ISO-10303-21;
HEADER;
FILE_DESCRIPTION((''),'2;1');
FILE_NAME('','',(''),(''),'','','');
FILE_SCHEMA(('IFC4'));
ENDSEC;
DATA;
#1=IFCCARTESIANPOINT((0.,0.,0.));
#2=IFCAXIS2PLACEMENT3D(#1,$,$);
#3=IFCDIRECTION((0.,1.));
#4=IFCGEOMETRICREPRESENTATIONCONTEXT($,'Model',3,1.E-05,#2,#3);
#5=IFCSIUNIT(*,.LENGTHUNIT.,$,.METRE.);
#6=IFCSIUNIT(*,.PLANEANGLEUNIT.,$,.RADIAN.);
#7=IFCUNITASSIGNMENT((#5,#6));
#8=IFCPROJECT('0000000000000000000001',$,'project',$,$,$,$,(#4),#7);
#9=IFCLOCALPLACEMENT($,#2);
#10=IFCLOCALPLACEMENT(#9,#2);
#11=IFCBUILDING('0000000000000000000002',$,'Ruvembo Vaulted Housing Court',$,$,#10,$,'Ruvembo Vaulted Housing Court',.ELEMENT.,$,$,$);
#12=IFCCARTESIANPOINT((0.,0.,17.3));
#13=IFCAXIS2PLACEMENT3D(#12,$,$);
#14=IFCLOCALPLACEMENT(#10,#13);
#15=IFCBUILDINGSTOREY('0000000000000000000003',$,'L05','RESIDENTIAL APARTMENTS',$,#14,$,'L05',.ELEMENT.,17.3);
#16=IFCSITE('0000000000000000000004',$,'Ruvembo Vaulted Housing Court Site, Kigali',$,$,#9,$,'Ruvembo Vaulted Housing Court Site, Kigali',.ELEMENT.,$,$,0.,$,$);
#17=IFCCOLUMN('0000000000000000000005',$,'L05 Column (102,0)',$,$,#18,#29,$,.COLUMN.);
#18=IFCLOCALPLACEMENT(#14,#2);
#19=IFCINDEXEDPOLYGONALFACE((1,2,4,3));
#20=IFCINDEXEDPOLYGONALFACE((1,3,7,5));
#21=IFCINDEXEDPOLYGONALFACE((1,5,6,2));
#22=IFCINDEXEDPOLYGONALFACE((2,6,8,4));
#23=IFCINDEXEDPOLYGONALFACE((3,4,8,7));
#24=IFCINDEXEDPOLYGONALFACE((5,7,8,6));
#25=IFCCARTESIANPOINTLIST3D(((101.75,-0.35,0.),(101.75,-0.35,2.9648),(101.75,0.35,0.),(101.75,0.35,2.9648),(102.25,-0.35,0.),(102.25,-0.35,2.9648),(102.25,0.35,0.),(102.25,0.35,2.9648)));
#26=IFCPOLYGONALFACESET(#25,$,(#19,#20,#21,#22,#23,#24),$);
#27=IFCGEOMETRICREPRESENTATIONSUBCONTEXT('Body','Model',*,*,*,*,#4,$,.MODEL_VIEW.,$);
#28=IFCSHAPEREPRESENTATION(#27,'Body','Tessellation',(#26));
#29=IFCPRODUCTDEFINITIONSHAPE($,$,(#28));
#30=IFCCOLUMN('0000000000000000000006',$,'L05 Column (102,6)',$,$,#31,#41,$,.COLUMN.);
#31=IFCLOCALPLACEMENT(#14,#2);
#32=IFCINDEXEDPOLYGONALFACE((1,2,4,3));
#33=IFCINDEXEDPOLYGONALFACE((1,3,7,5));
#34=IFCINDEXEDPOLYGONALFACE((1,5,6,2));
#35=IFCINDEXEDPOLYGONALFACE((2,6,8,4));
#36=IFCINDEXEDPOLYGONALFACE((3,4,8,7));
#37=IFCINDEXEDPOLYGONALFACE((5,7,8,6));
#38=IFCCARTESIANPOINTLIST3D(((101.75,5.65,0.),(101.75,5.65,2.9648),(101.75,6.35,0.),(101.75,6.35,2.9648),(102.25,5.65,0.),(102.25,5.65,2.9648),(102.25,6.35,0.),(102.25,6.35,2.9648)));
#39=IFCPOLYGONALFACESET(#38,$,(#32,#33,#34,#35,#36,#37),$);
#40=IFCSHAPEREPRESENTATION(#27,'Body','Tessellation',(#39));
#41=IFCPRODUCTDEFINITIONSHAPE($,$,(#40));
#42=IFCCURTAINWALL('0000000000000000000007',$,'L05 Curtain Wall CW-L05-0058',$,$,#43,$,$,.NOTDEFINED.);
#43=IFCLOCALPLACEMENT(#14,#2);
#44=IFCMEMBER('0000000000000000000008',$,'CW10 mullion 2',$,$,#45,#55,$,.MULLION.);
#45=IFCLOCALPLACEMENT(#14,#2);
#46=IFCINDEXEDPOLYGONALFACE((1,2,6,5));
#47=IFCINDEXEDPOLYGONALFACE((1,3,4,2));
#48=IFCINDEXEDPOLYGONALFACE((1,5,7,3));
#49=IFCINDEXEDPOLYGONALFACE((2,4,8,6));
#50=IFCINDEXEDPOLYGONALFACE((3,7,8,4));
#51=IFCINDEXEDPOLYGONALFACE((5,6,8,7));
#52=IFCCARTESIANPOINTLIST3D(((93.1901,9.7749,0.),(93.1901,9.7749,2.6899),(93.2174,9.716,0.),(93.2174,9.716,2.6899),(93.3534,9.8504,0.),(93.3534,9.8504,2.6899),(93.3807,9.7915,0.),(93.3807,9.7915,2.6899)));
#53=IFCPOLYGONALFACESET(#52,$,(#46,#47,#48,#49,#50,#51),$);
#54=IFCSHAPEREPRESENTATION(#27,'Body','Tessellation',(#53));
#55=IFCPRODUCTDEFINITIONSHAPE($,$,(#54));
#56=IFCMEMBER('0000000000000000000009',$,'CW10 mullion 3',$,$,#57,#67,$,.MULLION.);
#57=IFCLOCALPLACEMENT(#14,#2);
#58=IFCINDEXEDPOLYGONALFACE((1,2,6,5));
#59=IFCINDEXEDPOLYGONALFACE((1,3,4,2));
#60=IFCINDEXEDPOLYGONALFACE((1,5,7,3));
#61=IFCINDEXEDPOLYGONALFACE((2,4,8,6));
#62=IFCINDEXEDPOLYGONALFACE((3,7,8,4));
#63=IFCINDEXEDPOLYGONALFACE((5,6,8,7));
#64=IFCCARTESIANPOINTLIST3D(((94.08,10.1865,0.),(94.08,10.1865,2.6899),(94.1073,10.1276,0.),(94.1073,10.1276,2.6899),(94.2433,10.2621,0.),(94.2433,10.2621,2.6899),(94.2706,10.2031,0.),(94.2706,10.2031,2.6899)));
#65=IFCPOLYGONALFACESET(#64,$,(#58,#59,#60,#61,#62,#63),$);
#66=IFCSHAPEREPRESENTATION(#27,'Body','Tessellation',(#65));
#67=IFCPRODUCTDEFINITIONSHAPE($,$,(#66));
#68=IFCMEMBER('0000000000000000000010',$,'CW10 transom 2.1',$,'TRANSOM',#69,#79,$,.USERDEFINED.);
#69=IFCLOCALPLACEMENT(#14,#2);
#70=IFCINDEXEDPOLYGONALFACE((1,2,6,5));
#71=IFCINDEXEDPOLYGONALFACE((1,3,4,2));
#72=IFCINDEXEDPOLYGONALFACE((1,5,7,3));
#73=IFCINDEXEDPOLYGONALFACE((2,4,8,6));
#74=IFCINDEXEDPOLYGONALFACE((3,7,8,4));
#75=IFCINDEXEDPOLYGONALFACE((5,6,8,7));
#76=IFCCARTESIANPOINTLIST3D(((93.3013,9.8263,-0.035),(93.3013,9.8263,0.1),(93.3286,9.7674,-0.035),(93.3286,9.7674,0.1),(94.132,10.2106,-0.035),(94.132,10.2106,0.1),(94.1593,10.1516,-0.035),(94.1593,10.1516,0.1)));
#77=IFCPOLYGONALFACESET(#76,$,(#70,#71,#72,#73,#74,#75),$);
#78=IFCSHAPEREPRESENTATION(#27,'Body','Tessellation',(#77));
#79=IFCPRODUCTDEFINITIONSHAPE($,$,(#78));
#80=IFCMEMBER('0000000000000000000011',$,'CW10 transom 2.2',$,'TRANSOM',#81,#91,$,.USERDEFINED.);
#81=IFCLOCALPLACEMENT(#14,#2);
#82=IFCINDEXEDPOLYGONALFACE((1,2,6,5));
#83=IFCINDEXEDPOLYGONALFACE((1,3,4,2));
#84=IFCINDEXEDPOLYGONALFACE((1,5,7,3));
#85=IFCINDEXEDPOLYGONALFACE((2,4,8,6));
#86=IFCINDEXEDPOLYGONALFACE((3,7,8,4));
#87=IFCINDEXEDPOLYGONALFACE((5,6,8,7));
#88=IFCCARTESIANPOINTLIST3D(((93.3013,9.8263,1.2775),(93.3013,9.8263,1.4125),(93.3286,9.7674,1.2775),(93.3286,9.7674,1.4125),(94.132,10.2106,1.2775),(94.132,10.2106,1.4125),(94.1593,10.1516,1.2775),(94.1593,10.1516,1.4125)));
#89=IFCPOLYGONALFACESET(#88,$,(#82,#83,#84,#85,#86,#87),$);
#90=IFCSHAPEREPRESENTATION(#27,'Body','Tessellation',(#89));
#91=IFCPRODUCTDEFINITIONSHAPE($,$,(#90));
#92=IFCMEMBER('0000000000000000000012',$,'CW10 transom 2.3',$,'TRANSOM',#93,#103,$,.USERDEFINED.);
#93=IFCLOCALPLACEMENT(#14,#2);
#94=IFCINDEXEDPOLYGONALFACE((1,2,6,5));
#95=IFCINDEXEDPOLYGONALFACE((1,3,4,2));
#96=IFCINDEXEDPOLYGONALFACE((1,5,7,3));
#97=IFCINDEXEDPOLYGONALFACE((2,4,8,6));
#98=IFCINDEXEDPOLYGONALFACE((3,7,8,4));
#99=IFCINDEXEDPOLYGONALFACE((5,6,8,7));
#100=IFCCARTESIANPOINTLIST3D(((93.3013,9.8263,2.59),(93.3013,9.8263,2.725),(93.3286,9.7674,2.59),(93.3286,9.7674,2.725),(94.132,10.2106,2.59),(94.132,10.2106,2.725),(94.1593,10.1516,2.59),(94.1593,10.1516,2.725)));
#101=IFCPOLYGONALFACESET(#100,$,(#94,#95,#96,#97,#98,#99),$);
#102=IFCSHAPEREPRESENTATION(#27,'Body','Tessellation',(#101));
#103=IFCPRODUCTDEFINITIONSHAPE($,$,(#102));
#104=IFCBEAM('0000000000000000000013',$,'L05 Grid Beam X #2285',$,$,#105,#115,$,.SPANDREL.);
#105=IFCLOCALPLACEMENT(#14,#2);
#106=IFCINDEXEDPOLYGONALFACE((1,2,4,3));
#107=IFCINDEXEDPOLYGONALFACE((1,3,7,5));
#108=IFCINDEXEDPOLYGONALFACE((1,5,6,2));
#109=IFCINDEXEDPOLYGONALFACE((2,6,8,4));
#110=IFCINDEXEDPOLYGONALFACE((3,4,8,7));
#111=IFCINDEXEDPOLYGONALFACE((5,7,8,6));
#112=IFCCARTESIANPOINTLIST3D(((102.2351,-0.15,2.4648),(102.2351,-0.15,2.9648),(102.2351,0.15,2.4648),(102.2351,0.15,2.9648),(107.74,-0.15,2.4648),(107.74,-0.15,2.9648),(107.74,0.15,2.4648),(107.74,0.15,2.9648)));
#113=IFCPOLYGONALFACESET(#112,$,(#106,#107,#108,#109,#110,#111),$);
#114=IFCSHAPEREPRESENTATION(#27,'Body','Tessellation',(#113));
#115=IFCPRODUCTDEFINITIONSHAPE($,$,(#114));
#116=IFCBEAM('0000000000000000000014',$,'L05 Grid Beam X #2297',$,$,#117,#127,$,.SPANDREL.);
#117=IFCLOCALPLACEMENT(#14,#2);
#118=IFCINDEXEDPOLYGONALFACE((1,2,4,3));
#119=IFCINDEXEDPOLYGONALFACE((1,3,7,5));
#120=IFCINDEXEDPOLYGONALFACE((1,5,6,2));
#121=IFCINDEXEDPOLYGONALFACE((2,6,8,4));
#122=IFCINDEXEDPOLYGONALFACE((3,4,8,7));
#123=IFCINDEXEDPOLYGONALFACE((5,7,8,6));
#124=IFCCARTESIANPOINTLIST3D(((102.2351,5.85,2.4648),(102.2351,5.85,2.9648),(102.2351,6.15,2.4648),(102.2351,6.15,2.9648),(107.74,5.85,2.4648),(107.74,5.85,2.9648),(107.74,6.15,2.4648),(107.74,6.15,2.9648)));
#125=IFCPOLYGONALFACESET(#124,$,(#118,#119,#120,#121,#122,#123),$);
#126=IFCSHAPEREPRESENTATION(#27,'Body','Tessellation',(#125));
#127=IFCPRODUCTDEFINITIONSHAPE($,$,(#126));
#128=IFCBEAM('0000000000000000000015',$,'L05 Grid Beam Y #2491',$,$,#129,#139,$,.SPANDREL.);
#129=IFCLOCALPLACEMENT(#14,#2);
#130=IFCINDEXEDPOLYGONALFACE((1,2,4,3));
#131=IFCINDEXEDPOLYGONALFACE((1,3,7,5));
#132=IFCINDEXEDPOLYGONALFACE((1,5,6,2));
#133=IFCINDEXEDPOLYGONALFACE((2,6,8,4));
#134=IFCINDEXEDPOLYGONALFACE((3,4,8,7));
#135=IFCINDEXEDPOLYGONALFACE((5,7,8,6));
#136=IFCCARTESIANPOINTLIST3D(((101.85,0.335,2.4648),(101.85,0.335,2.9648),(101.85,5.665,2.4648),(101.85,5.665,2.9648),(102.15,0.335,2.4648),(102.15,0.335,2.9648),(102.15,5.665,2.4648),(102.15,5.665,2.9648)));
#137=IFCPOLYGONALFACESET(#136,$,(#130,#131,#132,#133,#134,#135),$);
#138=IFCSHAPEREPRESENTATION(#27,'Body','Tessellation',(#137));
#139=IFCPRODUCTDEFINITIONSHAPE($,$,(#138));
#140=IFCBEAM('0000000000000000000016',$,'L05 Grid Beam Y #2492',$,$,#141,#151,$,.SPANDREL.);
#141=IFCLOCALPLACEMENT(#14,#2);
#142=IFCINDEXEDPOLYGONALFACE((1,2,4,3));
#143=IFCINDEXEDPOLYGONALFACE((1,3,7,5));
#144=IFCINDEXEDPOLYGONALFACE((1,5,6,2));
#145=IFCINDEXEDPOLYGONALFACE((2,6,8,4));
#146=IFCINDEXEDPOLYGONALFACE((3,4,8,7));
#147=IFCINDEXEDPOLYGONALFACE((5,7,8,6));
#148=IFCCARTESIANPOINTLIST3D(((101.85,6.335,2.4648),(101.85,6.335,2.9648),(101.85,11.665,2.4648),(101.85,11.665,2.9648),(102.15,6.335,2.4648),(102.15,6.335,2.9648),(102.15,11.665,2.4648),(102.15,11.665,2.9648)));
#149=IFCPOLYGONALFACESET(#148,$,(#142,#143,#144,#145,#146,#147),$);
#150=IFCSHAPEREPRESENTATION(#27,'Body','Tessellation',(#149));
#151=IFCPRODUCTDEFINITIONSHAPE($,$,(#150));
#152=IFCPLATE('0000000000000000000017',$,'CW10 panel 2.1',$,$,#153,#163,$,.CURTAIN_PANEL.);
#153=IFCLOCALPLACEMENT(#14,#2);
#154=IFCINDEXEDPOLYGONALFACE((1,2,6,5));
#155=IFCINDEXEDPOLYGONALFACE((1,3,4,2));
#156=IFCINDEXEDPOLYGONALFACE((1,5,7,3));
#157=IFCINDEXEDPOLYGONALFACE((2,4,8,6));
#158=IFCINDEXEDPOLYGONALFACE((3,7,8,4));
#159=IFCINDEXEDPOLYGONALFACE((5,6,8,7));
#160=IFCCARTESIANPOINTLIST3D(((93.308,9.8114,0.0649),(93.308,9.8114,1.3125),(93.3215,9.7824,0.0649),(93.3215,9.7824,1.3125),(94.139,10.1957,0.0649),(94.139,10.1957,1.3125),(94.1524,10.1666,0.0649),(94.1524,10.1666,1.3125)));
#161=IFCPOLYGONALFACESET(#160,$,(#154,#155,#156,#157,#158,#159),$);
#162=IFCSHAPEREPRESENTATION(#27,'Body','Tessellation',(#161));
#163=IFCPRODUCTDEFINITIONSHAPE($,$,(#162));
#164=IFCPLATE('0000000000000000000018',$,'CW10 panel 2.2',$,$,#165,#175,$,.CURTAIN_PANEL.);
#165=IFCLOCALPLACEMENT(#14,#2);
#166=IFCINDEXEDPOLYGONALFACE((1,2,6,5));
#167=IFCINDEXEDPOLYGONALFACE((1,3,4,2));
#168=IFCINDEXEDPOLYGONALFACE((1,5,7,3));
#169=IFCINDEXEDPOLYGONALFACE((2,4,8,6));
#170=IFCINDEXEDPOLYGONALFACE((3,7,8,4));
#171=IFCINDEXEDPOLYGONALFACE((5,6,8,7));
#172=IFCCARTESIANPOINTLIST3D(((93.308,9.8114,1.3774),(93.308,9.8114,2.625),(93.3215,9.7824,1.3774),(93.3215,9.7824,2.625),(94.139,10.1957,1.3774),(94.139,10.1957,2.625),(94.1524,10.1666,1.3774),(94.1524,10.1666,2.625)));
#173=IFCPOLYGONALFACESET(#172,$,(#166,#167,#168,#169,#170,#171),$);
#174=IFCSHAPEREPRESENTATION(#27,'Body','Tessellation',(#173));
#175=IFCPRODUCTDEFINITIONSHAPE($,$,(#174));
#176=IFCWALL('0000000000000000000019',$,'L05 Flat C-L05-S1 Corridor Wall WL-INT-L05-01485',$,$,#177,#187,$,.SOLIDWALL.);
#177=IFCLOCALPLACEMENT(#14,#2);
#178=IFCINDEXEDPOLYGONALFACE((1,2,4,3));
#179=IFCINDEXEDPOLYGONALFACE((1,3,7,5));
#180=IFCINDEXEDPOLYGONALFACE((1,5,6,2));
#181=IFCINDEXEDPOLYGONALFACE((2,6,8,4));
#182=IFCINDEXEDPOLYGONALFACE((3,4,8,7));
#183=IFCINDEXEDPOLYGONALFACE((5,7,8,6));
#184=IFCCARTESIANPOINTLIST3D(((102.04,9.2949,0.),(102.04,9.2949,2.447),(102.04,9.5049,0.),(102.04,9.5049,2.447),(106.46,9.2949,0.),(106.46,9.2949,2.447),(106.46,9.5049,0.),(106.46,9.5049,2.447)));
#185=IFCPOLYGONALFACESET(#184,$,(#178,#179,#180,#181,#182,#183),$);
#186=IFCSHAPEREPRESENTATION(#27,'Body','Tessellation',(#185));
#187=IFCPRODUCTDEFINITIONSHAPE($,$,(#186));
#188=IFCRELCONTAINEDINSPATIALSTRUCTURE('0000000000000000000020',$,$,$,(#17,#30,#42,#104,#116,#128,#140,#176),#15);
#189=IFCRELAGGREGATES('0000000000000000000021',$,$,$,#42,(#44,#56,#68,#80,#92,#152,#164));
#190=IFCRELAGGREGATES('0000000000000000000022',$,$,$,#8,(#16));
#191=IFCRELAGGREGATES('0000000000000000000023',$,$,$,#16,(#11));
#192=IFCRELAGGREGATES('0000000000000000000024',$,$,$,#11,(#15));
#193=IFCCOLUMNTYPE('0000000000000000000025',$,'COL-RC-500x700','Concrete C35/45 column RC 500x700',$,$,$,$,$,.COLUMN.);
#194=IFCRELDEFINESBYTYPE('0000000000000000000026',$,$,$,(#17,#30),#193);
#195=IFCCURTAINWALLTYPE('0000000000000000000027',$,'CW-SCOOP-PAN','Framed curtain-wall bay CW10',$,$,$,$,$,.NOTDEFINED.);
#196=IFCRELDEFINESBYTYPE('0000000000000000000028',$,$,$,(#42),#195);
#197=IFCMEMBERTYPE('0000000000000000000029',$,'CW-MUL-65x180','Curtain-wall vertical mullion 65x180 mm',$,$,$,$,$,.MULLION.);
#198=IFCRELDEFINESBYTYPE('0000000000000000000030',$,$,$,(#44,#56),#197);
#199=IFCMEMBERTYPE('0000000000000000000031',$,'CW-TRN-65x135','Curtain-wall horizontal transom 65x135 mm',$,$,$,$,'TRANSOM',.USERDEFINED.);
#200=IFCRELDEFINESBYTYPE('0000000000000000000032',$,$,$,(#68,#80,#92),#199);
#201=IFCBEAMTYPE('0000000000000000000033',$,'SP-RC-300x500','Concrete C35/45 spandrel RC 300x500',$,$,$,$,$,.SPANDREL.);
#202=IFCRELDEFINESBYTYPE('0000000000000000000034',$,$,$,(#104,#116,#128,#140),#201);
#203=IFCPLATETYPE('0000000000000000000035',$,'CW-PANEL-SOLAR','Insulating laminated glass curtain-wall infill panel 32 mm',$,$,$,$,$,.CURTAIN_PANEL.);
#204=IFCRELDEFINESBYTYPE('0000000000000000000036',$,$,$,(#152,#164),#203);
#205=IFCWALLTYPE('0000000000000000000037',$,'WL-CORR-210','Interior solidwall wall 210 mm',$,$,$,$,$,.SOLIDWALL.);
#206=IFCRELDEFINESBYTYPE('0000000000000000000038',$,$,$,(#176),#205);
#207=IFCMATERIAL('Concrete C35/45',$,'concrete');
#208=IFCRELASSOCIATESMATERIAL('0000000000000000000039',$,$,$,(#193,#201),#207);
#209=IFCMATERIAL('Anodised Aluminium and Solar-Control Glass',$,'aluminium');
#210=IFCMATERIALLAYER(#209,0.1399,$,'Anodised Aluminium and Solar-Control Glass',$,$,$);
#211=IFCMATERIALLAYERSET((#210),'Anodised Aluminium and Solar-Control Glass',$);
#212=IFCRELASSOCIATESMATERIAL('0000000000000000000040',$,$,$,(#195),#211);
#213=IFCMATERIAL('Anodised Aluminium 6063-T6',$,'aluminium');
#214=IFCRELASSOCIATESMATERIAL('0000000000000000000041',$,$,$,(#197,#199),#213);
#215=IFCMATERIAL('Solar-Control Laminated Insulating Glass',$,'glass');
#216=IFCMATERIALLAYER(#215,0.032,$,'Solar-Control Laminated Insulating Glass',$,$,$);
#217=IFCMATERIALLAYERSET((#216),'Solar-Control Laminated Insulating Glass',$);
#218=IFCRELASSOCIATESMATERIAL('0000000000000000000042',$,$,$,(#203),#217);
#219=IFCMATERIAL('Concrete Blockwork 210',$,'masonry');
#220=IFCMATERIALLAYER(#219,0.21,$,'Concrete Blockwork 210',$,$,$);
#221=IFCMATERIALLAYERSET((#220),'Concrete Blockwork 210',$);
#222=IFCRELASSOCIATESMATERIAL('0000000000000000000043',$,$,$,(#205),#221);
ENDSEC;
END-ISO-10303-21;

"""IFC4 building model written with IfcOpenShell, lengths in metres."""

from ifc_helpers import new_model, si_unit, direction, frame, frame_2d, origin, origin_2d, place, context, subcontext, project, spatial, rectangle, extrude, material, layer, layer_set, material_profile, profile_set, type_object, element, aggregate, save


model = new_model("IFC4")

# Units and contexts
model_context = context("Model", 3, precision=1e-05, world=origin(), true_north=direction((0.0, 1.0)))
body_context = subcontext(model_context, "Body", "Model", "MODEL_VIEW")
ifc_project = project(units=[si_unit("LENGTHUNIT", "METRE"), si_unit("PLANEANGLEUNIT", "RADIAN")], contexts=[model_context])

# Site, building, storey
site_placement = place(None, origin())
site = spatial("IfcSite", under=ifc_project, at=site_placement, Name="Ruvembo Vaulted Housing Court Site, Kigali", LongName="Ruvembo Vaulted Housing Court Site, Kigali", CompositionType="ELEMENT", RefElevation=0.0)
building_placement = place(site_placement, origin())
building = spatial("IfcBuilding", under=site, at=building_placement, Name="Ruvembo Vaulted Housing Court", LongName="Ruvembo Vaulted Housing Court", CompositionType="ELEMENT")
storey_placement = place(building_placement, frame((0.0, 0.0, 17.3)))
storey = spatial("IfcBuildingStorey", under=building, at=storey_placement, Name="L05", Description="RESIDENTIAL APARTMENTS", LongName="L05", CompositionType="ELEMENT", Elevation=17.3)

# Columns
ifc_material_1 = material(Name="Concrete C35/45", Category="concrete")
ifc_material_profile_1 = material_profile(ifc_material_1, rectangle(XDim=0.5, YDim=0.7, at=origin_2d()), Name="RC 500x700")
ifc_profile_set_1 = profile_set([ifc_material_profile_1], Name="Concrete C35/45")
column_type = type_object("IfcColumnType", Name="COL-RC-500x700", Description="Concrete C35/45 column RC 500x700", PredefinedType="COLUMN", material=ifc_profile_set_1)
for number, where, z_axis, x_axis, name in (
    (1, (102.0, 0.0, 0.0), (0.0, 0.0, 1.0), (1.0, 0.0, 0.0), "L05 Column (102,0)"),
    (2, (102.0, 6.0, 0.0), (0.0, 0.0, 1.0), (1.0, 0.0, 0.0), "L05 Column (102,6)"),
):
    element("IfcColumn", number, at=place(storey_placement, frame(where, z_axis=z_axis, x_axis=x_axis)), inside=storey, type_object=column_type, Name=name, PredefinedType="COLUMN", context=body_context, shape_type="SweptSolid", body=[
        extrude(rectangle(XDim=0.5, YDim=0.7, at=origin_2d()), origin(), (0.0, 0.0, 1.0), 2.9648),
    ])

# Curtain wall, members
ifc_material_2 = material(Name="Anodised Aluminium and Solar-Control Glass", Category="aluminium")
ifc_layer_1 = layer(ifc_material_2, 0.1399, Name="Anodised Aluminium and Solar-Control Glass")
ifc_layer_set_1 = layer_set([ifc_layer_1], Name="Anodised Aluminium and Solar-Control Glass")
curtain_wall_type = type_object("IfcCurtainWallType", Name="CW-SCOOP-PAN", Description="Framed curtain-wall bay CW10", PredefinedType="NOTDEFINED", material=ifc_layer_set_1)
curtain_wall_placement = place(storey_placement, origin())
curtain_wall = element("IfcCurtainWall", 3, at=curtain_wall_placement, inside=storey, type_object=curtain_wall_type, Name="L05 Curtain Wall CW-L05-0058", PredefinedType="NOTDEFINED")
ifc_material_3 = material(Name="Anodised Aluminium 6063-T6", Category="aluminium")
ifc_material_profile_2 = material_profile(ifc_material_3, rectangle(XDim=0.0649, YDim=0.1799, at=origin_2d()), Name="ALU 65x180")
ifc_profile_set_2 = profile_set([ifc_material_profile_2], Name="Anodised Aluminium 6063-T6")
member_type_1 = type_object("IfcMemberType", Name="CW-MUL-65x180", Description="Curtain-wall vertical mullion 65x180 mm", PredefinedType="MULLION", material=ifc_profile_set_2)
member_1_placement = place(storey_placement, frame((93.2854, 9.7832, 0.0), z_axis=(0.0, 0.0, 1.0), x_axis=(-0.41974, 0.907644, 0.0)))
member_1 = element("IfcMember", 4, at=member_1_placement, type_object=member_type_1, Name="CW10 mullion 2", PredefinedType="MULLION", context=body_context, shape_type="SweptSolid", body=[
    extrude(rectangle(XDim=0.0649, YDim=0.1799, at=origin_2d()), origin(), (0.0, 0.0, 1.0), 2.6899),
])
member_2_placement = place(storey_placement, frame((94.1753, 10.1948, 0.0), z_axis=(0.0, 0.0, 1.0), x_axis=(-0.41974, 0.907644, 0.0)))
member_2 = element("IfcMember", 5, at=member_2_placement, type_object=member_type_1, Name="CW10 mullion 3", PredefinedType="MULLION", context=body_context, shape_type="SweptSolid", body=[
    extrude(rectangle(XDim=0.0649, YDim=0.1799, at=origin_2d()), origin(), (0.0, 0.0, 1.0), 2.6899),
])
ifc_material_profile_3 = material_profile(ifc_material_3, rectangle(XDim=0.0649, YDim=0.135, at=origin_2d()), Name="ALU 65x135")
ifc_profile_set_3 = profile_set([ifc_material_profile_3], Name="Anodised Aluminium 6063-T6")
member_type_2 = type_object("IfcMemberType", Name="CW-TRN-65x135", Description="Curtain-wall horizontal transom 65x135 mm", ElementType="TRANSOM", PredefinedType="USERDEFINED", material=ifc_profile_set_3)
member_3_placement = place(storey_placement, frame((93.3149, 9.7969, 0.0325), z_axis=(0.907616, 0.419802, 0.0), x_axis=(-0.419802, 0.907616, 0.0)))
member_3 = element("IfcMember", 6, at=member_3_placement, type_object=member_type_2, Name="CW10 transom 2.1", ObjectType="TRANSOM", PredefinedType="USERDEFINED", context=body_context, shape_type="SweptSolid", body=[
    extrude(rectangle(XDim=0.0649, YDim=0.135, at=origin_2d()), origin(), (0.0, 0.0, 1.0), 0.9153),
])
member_4_placement = place(storey_placement, frame((93.3149, 9.7969, 1.345), z_axis=(0.907616, 0.419802, 0.0), x_axis=(-0.419802, 0.907616, 0.0)))
member_4 = element("IfcMember", 7, at=member_4_placement, type_object=member_type_2, Name="CW10 transom 2.2", ObjectType="TRANSOM", PredefinedType="USERDEFINED", context=body_context, shape_type="SweptSolid", body=[
    extrude(rectangle(XDim=0.0649, YDim=0.135, at=origin_2d()), origin(), (0.0, 0.0, 1.0), 0.9153),
])
member_5_placement = place(storey_placement, frame((93.3149, 9.7969, 2.6575), z_axis=(0.907616, 0.419802, 0.0), x_axis=(-0.419802, 0.907616, 0.0)))
member_5 = element("IfcMember", 8, at=member_5_placement, type_object=member_type_2, Name="CW10 transom 2.3", ObjectType="TRANSOM", PredefinedType="USERDEFINED", context=body_context, shape_type="SweptSolid", body=[
    extrude(rectangle(XDim=0.0649, YDim=0.135, at=origin_2d()), origin(), (0.0, 0.0, 1.0), 0.9153),
])

# Beams
ifc_material_profile_4 = material_profile(ifc_material_1, rectangle(XDim=0.3, YDim=0.5, at=origin_2d()), Name="RC 300x500")
ifc_profile_set_4 = profile_set([ifc_material_profile_4], Name="Concrete C35/45")
beam_type = type_object("IfcBeamType", Name="SP-RC-300x500", Description="Concrete C35/45 spandrel RC 300x500", PredefinedType="SPANDREL", material=ifc_profile_set_4)
for number, where, z_axis, x_axis, name in (
    (9, (102.2351, 0.0, 2.7148), (1.0, 0.0, 0.0), (0.0, 1.0, 0.0), "L05 Grid Beam X #2285"),
    (10, (102.2351, 6.0, 2.7148), (1.0, 0.0, 0.0), (0.0, 1.0, 0.0), "L05 Grid Beam X #2297"),
):
    element("IfcBeam", number, at=place(storey_placement, frame(where, z_axis=z_axis, x_axis=x_axis)), inside=storey, type_object=beam_type, Name=name, PredefinedType="SPANDREL", context=body_context, shape_type="SweptSolid", body=[
        extrude(rectangle(XDim=0.3, YDim=0.5, at=origin_2d()), origin(), (0.0, 0.0, 1.0), 5.5049),
    ])
for number, where, z_axis, x_axis, name in (
    (11, (102.0, 0.335, 2.7148), (0.0, 1.0, 0.0), (-1.0, 0.0, 0.0), "L05 Grid Beam Y #2491"),
    (12, (102.0, 6.335, 2.7148), (0.0, 1.0, 0.0), (-1.0, 0.0, 0.0), "L05 Grid Beam Y #2492"),
):
    element("IfcBeam", number, at=place(storey_placement, frame(where, z_axis=z_axis, x_axis=x_axis)), inside=storey, type_object=beam_type, Name=name, PredefinedType="SPANDREL", context=body_context, shape_type="SweptSolid", body=[
        extrude(rectangle(XDim=0.3, YDim=0.5, at=origin_2d()), origin(), (0.0, 0.0, 1.0), 5.3301),
    ])

# Plates
ifc_material_4 = material(Name="Solar-Control Laminated Insulating Glass", Category="glass")
ifc_layer_2 = layer(ifc_material_4, 0.032, Name="Solar-Control Laminated Insulating Glass")
ifc_layer_set_2 = layer_set([ifc_layer_2], Name="Solar-Control Laminated Insulating Glass")
plate_type = type_object("IfcPlateType", Name="CW-PANEL-SOLAR", Description="Insulating laminated glass curtain-wall infill panel 32 mm", PredefinedType="CURTAIN_PANEL", material=ifc_layer_set_2)
plate_1_placement = place(storey_placement, frame((93.7302, 9.989, 0.0649), z_axis=(0.0, 0.0, 1.0), x_axis=(0.907644, 0.41974, 0.0)))
plate_1 = element("IfcPlate", 13, at=plate_1_placement, type_object=plate_type, Name="CW10 panel 2.1", PredefinedType="CURTAIN_PANEL", context=body_context, shape_type="SweptSolid", body=[
    extrude(rectangle(XDim=0.9155, YDim=0.032, at=origin_2d()), origin(), (0.0, 0.0, 1.0), 1.2476),
])
plate_2_placement = place(storey_placement, frame((93.7302, 9.989, 1.3774), z_axis=(0.0, 0.0, 1.0), x_axis=(0.907644, 0.41974, 0.0)))
plate_2 = element("IfcPlate", 14, at=plate_2_placement, type_object=plate_type, Name="CW10 panel 2.2", PredefinedType="CURTAIN_PANEL", context=body_context, shape_type="SweptSolid", body=[
    extrude(rectangle(XDim=0.9155, YDim=0.032, at=origin_2d()), origin(), (0.0, 0.0, 1.0), 1.2476),
])
aggregate(curtain_wall, [member_1, member_2, member_3, member_4, member_5, plate_1, plate_2])

# Wall
ifc_material_5 = material(Name="Concrete Blockwork 210", Category="masonry")
ifc_layer_3 = layer(ifc_material_5, 0.21, Name="Concrete Blockwork 210")
ifc_layer_set_3 = layer_set([ifc_layer_3], Name="Concrete Blockwork 210")
wall_type_1 = type_object("IfcWallType", Name="WL-CORR-210", Description="Interior solidwall wall 210 mm", PredefinedType="SOLIDWALL", material=ifc_layer_set_3)
wall_1_placement = place(storey_placement, frame((102.04, 9.3999, 0.0), z_axis=(0.0, 0.0, 1.0), x_axis=(1.0, 0.0, 0.0)))
element("IfcWall", 15, at=wall_1_placement, inside=storey, type_object=wall_type_1, Name="L05 Flat C-L05-S1 Corridor Wall WL-INT-L05-01485", PredefinedType="SOLIDWALL", context=body_context, shape_type="SweptSolid", body=[
    extrude(rectangle(XDim=4.4199, YDim=0.21, at=frame_2d((2.21, 0.0))), origin(), (0.0, 0.0, 1.0), 2.447),
])

save(model, "model.ifc")
